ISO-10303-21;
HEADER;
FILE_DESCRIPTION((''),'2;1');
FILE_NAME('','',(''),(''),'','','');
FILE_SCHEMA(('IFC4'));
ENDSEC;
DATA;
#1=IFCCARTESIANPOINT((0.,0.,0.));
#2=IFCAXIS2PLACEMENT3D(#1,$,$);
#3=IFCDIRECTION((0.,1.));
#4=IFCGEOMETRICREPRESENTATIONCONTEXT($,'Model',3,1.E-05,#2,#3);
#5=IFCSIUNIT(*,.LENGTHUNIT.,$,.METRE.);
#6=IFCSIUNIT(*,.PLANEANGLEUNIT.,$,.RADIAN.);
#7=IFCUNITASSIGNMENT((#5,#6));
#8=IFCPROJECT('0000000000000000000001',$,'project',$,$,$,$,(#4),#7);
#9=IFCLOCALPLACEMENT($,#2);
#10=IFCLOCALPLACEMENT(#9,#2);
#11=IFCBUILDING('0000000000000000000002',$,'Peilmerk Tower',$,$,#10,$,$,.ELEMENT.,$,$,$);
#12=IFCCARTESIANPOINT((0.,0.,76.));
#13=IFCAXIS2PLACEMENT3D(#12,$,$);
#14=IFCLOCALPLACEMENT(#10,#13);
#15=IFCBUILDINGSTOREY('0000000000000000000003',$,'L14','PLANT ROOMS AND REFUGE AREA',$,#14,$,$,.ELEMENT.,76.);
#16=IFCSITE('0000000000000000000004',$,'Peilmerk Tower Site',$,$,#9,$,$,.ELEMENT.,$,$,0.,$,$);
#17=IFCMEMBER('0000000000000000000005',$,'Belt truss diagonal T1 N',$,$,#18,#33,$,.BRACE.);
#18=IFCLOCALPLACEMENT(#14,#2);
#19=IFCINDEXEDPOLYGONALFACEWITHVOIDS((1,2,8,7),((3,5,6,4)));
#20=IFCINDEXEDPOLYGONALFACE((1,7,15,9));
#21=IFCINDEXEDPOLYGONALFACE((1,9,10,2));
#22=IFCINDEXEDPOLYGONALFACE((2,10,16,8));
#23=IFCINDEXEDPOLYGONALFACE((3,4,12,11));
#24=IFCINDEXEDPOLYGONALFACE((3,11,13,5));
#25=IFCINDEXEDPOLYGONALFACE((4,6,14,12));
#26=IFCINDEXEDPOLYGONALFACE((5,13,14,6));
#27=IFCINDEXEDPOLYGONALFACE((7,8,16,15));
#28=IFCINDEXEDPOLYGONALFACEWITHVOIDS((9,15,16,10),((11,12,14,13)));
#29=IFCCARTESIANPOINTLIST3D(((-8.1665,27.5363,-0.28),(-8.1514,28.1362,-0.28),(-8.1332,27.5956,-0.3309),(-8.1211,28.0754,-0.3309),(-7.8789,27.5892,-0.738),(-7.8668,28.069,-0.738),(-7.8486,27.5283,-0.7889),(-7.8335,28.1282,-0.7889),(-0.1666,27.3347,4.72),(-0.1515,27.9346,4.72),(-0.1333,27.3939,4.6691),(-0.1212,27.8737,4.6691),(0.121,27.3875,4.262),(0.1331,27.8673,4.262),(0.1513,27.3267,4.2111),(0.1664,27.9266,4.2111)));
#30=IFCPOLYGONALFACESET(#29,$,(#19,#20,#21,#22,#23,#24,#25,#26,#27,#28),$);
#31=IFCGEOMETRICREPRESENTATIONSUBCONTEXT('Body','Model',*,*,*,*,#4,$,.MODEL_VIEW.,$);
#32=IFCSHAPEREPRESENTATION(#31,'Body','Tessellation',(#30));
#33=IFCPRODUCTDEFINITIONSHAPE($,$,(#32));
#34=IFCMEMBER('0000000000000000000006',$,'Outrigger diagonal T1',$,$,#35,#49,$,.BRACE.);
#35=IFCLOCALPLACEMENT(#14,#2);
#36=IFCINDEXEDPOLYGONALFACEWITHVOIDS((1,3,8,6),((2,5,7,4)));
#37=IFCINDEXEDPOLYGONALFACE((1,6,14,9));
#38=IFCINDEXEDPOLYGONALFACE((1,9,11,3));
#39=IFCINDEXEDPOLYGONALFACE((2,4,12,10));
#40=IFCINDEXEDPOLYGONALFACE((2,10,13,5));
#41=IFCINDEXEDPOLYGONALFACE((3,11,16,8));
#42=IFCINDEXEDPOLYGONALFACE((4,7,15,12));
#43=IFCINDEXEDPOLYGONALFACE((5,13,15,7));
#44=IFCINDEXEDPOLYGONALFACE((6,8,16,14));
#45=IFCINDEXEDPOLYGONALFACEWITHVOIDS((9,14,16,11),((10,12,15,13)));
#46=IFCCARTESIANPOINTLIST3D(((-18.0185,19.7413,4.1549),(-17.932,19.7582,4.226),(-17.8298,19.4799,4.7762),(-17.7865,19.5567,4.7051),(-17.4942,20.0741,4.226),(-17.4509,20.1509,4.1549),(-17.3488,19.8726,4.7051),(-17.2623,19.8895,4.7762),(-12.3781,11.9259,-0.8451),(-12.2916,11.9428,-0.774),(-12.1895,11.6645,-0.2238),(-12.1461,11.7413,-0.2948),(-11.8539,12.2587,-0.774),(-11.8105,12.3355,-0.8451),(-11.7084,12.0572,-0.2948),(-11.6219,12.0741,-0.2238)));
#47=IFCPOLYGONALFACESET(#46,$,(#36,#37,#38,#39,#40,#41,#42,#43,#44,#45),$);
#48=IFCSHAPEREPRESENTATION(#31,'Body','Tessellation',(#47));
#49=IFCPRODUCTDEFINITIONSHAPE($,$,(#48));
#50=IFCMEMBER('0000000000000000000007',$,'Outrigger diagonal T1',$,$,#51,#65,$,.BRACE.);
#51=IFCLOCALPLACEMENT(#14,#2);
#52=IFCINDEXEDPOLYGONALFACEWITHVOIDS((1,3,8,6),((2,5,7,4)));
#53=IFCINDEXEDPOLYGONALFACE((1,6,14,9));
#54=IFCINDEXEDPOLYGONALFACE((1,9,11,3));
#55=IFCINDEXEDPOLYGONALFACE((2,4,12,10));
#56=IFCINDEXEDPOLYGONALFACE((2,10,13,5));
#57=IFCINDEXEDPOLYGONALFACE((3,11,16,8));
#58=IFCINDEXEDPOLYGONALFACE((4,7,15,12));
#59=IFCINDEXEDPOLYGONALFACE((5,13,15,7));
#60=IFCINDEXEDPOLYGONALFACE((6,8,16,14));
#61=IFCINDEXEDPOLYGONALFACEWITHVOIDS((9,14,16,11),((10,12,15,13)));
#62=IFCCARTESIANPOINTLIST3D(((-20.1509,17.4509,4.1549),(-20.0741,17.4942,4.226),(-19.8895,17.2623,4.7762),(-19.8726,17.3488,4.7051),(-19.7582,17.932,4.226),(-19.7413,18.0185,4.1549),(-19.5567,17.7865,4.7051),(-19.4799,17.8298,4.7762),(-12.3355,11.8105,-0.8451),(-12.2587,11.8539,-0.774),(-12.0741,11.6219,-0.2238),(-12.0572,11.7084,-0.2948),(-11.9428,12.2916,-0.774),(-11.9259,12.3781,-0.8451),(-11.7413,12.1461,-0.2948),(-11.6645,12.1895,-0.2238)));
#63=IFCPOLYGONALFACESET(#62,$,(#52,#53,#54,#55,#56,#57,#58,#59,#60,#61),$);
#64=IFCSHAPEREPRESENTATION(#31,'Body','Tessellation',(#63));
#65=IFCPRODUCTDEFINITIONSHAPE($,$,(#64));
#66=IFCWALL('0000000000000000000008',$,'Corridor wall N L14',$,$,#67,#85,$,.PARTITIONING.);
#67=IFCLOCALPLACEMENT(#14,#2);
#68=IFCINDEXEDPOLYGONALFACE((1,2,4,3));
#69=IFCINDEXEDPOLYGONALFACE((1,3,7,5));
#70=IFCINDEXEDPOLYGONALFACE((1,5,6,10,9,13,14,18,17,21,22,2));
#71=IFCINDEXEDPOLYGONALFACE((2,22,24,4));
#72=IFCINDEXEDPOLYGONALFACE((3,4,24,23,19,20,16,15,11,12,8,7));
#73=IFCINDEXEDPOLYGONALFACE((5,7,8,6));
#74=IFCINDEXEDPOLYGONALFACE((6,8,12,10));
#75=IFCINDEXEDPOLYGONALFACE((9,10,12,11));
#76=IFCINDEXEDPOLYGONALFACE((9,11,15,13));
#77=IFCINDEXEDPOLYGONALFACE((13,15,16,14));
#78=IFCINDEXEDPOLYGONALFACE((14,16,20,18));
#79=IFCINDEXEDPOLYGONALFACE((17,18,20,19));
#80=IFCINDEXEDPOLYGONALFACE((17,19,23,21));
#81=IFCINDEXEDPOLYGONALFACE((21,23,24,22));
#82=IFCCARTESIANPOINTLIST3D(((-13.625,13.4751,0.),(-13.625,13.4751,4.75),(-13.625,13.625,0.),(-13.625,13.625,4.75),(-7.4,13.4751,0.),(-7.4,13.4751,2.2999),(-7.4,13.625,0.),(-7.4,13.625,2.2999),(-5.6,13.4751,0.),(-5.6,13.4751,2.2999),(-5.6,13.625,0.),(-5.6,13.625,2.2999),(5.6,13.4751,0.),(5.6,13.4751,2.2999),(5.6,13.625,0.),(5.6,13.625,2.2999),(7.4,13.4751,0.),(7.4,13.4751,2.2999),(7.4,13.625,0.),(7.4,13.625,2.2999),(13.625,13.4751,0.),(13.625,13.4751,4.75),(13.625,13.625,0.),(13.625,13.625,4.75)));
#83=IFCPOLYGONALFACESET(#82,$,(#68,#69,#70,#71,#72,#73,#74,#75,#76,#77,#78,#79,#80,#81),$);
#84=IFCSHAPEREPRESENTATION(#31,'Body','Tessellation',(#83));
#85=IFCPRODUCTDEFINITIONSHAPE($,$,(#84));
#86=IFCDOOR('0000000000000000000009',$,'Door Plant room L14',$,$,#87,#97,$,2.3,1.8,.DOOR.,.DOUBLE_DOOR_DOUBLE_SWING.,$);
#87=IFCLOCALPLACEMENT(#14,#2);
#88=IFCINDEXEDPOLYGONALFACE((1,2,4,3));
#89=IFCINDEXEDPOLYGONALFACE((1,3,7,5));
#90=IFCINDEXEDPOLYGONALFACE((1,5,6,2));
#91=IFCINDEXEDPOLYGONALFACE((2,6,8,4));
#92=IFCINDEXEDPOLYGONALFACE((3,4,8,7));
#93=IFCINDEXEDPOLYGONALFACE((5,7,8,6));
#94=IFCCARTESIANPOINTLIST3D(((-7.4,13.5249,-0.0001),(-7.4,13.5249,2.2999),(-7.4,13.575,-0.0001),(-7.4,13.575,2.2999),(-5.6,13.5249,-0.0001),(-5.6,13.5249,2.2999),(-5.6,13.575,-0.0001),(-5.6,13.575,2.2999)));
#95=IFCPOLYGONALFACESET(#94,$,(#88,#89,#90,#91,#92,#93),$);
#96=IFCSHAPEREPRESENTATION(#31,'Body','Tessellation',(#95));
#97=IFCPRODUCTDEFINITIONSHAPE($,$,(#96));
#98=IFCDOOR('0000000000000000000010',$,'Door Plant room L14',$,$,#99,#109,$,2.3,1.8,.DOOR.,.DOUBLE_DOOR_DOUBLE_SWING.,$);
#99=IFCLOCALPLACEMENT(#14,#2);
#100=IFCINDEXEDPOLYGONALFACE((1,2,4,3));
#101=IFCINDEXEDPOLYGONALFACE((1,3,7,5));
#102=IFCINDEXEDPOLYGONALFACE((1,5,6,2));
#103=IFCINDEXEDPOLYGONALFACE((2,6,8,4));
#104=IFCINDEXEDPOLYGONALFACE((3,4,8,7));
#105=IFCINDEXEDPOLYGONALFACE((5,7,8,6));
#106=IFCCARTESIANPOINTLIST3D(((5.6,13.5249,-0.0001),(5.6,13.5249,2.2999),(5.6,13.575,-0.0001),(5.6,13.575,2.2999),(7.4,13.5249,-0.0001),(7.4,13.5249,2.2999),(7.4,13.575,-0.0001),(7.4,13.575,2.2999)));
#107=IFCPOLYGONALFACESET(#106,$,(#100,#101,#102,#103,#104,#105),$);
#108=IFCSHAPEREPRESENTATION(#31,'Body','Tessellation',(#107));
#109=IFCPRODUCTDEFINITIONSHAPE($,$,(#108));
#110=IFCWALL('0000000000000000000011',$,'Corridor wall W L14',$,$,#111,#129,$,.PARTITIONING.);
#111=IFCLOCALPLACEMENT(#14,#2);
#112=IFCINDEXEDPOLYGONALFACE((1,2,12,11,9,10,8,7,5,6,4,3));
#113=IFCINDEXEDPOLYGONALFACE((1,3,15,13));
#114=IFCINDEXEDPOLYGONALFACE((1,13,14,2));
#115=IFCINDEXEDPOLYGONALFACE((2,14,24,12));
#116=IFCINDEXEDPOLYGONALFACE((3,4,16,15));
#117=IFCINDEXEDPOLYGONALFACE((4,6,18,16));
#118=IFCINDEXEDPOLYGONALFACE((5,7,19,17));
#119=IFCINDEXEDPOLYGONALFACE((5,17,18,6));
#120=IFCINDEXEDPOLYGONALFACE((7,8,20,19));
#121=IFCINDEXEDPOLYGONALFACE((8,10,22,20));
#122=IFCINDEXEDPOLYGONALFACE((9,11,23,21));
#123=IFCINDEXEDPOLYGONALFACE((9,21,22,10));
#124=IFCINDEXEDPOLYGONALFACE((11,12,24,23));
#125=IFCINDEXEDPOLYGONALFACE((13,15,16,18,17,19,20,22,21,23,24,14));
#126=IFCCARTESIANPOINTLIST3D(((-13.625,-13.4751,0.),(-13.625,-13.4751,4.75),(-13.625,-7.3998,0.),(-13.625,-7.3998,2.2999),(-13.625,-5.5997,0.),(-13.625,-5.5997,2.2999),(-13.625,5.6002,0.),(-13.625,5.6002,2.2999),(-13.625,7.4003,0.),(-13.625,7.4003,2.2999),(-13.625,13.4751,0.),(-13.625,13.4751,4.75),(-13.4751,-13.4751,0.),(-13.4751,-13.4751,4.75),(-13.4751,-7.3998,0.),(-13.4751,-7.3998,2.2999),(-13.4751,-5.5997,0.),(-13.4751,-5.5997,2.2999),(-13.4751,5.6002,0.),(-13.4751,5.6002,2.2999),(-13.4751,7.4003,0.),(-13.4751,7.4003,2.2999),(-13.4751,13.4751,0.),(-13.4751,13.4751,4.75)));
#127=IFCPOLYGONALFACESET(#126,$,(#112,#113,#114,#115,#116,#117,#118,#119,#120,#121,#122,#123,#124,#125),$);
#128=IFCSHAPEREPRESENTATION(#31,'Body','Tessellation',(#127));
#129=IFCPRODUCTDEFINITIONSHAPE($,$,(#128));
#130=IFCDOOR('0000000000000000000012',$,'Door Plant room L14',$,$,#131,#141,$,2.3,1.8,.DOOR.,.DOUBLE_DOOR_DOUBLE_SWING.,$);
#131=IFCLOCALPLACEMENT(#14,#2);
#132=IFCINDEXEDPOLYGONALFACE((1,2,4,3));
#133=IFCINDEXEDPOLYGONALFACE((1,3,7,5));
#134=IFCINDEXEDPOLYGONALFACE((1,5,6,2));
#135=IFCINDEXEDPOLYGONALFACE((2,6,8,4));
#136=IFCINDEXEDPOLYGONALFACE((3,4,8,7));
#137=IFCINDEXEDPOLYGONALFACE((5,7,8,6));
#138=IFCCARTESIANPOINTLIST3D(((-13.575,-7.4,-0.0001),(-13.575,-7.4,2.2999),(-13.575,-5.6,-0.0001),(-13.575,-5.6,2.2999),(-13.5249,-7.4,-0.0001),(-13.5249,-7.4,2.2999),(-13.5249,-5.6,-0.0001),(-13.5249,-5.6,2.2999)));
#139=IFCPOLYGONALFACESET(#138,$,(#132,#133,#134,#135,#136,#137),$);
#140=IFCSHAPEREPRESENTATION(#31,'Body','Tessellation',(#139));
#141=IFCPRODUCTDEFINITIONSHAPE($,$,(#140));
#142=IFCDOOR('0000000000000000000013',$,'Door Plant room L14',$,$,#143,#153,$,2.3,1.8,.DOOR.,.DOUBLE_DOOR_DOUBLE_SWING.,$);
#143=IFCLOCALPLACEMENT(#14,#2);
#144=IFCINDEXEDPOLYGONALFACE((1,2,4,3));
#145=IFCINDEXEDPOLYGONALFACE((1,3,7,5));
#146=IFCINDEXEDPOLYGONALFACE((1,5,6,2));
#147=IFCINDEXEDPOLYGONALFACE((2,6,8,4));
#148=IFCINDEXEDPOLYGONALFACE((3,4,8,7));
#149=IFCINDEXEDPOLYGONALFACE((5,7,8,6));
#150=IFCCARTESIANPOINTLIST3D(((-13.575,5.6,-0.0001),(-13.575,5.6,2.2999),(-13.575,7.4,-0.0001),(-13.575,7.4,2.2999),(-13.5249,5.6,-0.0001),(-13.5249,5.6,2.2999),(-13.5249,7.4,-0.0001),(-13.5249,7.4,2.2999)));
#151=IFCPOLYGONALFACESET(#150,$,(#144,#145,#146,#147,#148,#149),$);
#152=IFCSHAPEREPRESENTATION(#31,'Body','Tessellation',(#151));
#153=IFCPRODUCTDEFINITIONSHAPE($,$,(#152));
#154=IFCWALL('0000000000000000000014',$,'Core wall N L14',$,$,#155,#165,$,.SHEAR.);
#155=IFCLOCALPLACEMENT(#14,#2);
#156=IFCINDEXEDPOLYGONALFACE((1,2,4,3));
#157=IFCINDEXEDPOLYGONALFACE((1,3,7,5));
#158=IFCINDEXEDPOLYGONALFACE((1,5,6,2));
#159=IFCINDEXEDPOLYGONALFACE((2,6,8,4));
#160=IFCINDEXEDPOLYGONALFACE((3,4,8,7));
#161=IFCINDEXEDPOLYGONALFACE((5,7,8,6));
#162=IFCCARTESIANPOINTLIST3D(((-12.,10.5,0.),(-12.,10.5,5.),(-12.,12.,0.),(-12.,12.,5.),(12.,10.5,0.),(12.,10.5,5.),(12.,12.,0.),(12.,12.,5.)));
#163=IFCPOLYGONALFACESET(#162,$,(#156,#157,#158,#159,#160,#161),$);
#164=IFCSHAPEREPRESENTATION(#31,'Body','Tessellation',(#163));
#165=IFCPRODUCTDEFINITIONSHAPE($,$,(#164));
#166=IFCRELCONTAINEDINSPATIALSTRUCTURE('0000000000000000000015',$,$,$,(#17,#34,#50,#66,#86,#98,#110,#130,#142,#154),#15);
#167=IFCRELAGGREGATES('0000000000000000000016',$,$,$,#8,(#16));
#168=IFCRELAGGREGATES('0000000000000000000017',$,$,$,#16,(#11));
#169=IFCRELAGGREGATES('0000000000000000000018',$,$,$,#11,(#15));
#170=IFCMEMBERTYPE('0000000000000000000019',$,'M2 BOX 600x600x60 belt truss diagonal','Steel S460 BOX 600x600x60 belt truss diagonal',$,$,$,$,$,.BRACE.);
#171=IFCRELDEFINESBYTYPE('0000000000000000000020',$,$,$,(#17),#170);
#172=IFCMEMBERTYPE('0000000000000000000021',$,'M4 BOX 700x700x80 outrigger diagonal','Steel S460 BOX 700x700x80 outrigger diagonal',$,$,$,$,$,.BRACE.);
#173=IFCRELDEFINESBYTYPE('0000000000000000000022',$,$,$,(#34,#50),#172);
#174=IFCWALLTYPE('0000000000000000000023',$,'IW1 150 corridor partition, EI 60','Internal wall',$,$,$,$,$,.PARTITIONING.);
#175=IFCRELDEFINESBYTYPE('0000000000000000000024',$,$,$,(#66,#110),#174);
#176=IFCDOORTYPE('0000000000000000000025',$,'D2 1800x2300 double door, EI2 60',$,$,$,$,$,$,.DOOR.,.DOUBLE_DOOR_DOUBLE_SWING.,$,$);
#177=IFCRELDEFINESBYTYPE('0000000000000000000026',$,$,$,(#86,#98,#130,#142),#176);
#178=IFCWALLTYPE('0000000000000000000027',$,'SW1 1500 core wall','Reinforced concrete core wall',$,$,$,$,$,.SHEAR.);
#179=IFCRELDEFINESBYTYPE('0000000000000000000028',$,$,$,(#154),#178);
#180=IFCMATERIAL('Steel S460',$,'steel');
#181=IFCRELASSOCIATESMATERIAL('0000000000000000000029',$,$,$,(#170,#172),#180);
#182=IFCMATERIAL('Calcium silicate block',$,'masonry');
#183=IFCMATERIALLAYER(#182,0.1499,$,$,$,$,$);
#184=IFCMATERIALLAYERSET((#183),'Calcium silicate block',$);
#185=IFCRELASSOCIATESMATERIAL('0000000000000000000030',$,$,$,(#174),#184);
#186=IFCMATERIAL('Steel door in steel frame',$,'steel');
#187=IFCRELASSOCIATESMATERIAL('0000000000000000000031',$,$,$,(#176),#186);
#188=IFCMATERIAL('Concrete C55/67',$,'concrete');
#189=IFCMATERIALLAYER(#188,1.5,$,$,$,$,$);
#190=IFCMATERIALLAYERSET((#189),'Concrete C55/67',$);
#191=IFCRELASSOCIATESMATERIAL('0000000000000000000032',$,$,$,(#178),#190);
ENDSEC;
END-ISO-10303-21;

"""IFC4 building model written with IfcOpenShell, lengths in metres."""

from ifc_helpers import new_model, si_unit, direction, frame, frame_2d, origin, origin_2d, place, context, subcontext, project, spatial, rectangle, hollow_rectangle, extrude, material, layer, layer_set, material_profile, profile_set, type_object, element, fill, save


model = new_model("IFC4")

# Units and contexts
model_context = context("Model", 3, precision=1e-05, world=origin(), true_north=direction((0.0, 1.0)))
body_context = subcontext(model_context, "Body", "Model", "MODEL_VIEW")
ifc_project = project(units=[si_unit("LENGTHUNIT", "METRE"), si_unit("PLANEANGLEUNIT", "RADIAN")], contexts=[model_context])

# Site, building, storey
site_placement = place(None, origin())
site = spatial("IfcSite", under=ifc_project, at=site_placement, Name="Peilmerk Tower Site", CompositionType="ELEMENT", RefElevation=0.0)
building_placement = place(site_placement, origin())
building = spatial("IfcBuilding", under=site, at=building_placement, Name="Peilmerk Tower", CompositionType="ELEMENT")
storey_placement = place(building_placement, frame((0.0, 0.0, 76.0)))
storey = spatial("IfcBuildingStorey", under=building, at=storey_placement, Name="L14", Description="PLANT ROOMS AND REFUGE AREA", CompositionType="ELEMENT", Elevation=76.0)

# Shared definitions
ifc_material_1 = material(Name="Steel S460", Category="steel")

# Members
ifc_material_profile_1 = material_profile(ifc_material_1, hollow_rectangle(XDim=0.6001, YDim=0.6001, WallThickness=0.0601, at=origin_2d()), Name="BOX 600x600x60")
ifc_profile_set_1 = profile_set([ifc_material_profile_1], Name="Steel S460")
member_type_1 = type_object("IfcMemberType", Name="M2 BOX 600x600x60 belt truss diagonal", Description="Steel S460 BOX 600x600x60 belt truss diagonal", PredefinedType="BRACE", material=ifc_profile_set_1)
member_placement = place(storey_placement, frame((-8.0, 27.8323, -0.5344), z_axis=(0.847805, -0.021371, 0.529878), x_axis=(0.0252, 0.999682, 0.0)))
element("IfcMember", 1, at=member_placement, inside=storey, type_object=member_type_1, Name="Belt truss diagonal T1 N", PredefinedType="BRACE", context=body_context, shape_type="SweptSolid", body=[
    extrude(hollow_rectangle(XDim=0.6001, YDim=0.6001, WallThickness=0.0601, at=origin_2d()), origin(), (0.0, 0.0, 1.0), 9.436),
])
ifc_material_profile_2 = material_profile(ifc_material_1, hollow_rectangle(XDim=0.7, YDim=0.7, WallThickness=0.0801, at=origin_2d()), Name="BOX 700x700x80")
ifc_profile_set_2 = profile_set([ifc_material_profile_2], Name="Steel S460")
member_type_2 = type_object("IfcMemberType", Name="M4 BOX 700x700x80 outrigger diagonal", Description="Steel S460 BOX 700x700x80 outrigger diagonal", PredefinedType="BRACE", material=ifc_profile_set_2)
for number, where, z_axis, x_axis, name in (
    (2, (-12.0, 12.0, -0.5344), (-0.519471, 0.719789, 0.460493), (-0.810881, -0.585211, 0.0), "Outrigger diagonal T1"),
    (3, (-12.0, 12.0, -0.5344), (-0.719789, 0.519471, 0.460493), (-0.585211, -0.810881, 0.0), "Outrigger diagonal T1"),
):
    element("IfcMember", number, at=place(storey_placement, frame(where, z_axis=z_axis, x_axis=x_axis)), inside=storey, type_object=member_type_2, Name=name, PredefinedType="BRACE", context=body_context, shape_type="SweptSolid", body=[
        extrude(hollow_rectangle(XDim=0.7, YDim=0.7, WallThickness=0.0801, at=origin_2d()), origin(), (0.0, 0.0, 1.0), 10.8579),
    ])

# Walls, openings, doors
ifc_material_2 = material(Name="Calcium silicate block", Category="masonry")
ifc_layer_1 = layer(ifc_material_2, 0.1499)
ifc_layer_set_1 = layer_set([ifc_layer_1], Name="Calcium silicate block")
wall_type_1 = type_object("IfcWallType", Name="IW1 150 corridor partition, EI 60", Description="Internal wall", PredefinedType="PARTITIONING", material=ifc_layer_set_1)
wall_1_placement = place(storey_placement, frame((-13.625, 13.55, 0.0), z_axis=(0.0, 0.0, 1.0), x_axis=(1.0, 0.0, 0.0)))
wall_1 = element("IfcWall", 4, at=wall_1_placement, inside=storey, type_object=wall_type_1, Name="Corridor wall N L14", PredefinedType="PARTITIONING", context=body_context, shape_type="SweptSolid", body=[
    extrude(rectangle(XDim=27.25, YDim=0.1499, at=frame_2d((13.625, 0.0))), origin(), (0.0, 0.0, 1.0), 4.75),
])
opening_1_placement = place(wall_1_placement, frame((6.2251, 0.0, 0.0)))
opening_1 = element("IfcOpeningElement", 5, at=opening_1_placement, cuts=wall_1, PredefinedType="OPENING", context=body_context, shape_type="SweptSolid", body=[
    extrude(rectangle(XDim=1.8, YDim=2.3, at=frame_2d((0.8999, 1.1499))), frame((0.0, 0.085, 0.0), z_axis=(0.0, -1.0, 0.0), x_axis=(1.0, 0.0, 0.0)), (0.0, 0.0, 1.0), 0.1699),
])
opening_2_placement = place(wall_1_placement, frame((19.2251, 0.0, 0.0)))
opening_2 = element("IfcOpeningElement", 6, at=opening_2_placement, cuts=wall_1, PredefinedType="OPENING", context=body_context, shape_type="SweptSolid", body=[
    extrude(rectangle(XDim=1.8, YDim=2.3, at=frame_2d((0.8999, 1.1499))), frame((0.0, 0.085, 0.0), z_axis=(0.0, -1.0, 0.0), x_axis=(1.0, 0.0, 0.0)), (0.0, 0.0, 1.0), 0.1699),
])
ifc_material_3 = material(Name="Steel door in steel frame", Category="steel")
door_type = type_object("IfcDoorType", Name="D2 1800x2300 double door, EI2 60", OperationType="DOUBLE_DOOR_DOUBLE_SWING", PredefinedType="DOOR", material=ifc_material_3)
door_1_placement = place(opening_1_placement, origin())
door_1 = element("IfcDoor", 7, at=door_1_placement, inside=storey, type_object=door_type, Name="Door Plant room L14", OperationType="DOUBLE_DOOR_DOUBLE_SWING", OverallHeight=2.3, OverallWidth=1.8, PredefinedType="DOOR", context=body_context, shape_type="SweptSolid", body=[
    extrude(rectangle(XDim=1.8, YDim=2.3, at=frame_2d((0.8999, 1.1499))), frame((0.0, 0.0249, 0.0), z_axis=(0.0, -1.0, 0.0), x_axis=(1.0, 0.0, 0.0)), (0.0, 0.0, 1.0), 0.05),
])
fill(opening_1, door_1)
door_2_placement = place(opening_2_placement, origin())
door_2 = element("IfcDoor", 8, at=door_2_placement, inside=storey, type_object=door_type, Name="Door Plant room L14", OperationType="DOUBLE_DOOR_DOUBLE_SWING", OverallHeight=2.3, OverallWidth=1.8, PredefinedType="DOOR", context=body_context, shape_type="SweptSolid", body=[
    extrude(rectangle(XDim=1.8, YDim=2.3, at=frame_2d((0.8999, 1.1499))), frame((0.0, 0.0249, 0.0), z_axis=(0.0, -1.0, 0.0), x_axis=(1.0, 0.0, 0.0)), (0.0, 0.0, 1.0), 0.05),
])
fill(opening_2, door_2)
wall_2_placement = place(storey_placement, frame((-13.55, 13.4751, 0.0), z_axis=(0.0, 0.0, 1.0), x_axis=(0.0, -1.0, 0.0)))
wall_2 = element("IfcWall", 9, at=wall_2_placement, inside=storey, type_object=wall_type_1, Name="Corridor wall W L14", PredefinedType="PARTITIONING", context=body_context, shape_type="SweptSolid", body=[
    extrude(rectangle(XDim=26.9502, YDim=0.1499, at=frame_2d((13.4751, 0.0))), origin(), (0.0, 0.0, 1.0), 4.75),
])
opening_3_placement = place(wall_2_placement, frame((19.075, 0.0, 0.0)))
opening_3 = element("IfcOpeningElement", 10, at=opening_3_placement, cuts=wall_2, PredefinedType="OPENING", context=body_context, shape_type="SweptSolid", body=[
    extrude(rectangle(XDim=1.8, YDim=2.3, at=frame_2d((0.8999, 1.1499))), frame((0.0, 0.085, 0.0), z_axis=(0.0, -1.0, 0.0), x_axis=(1.0, 0.0, 0.0)), (0.0, 0.0, 1.0), 0.1699),
])
opening_4_placement = place(wall_2_placement, frame((6.075, 0.0, 0.0)))
opening_4 = element("IfcOpeningElement", 11, at=opening_4_placement, cuts=wall_2, PredefinedType="OPENING", context=body_context, shape_type="SweptSolid", body=[
    extrude(rectangle(XDim=1.8, YDim=2.3, at=frame_2d((0.8999, 1.1499))), frame((0.0, 0.085, 0.0), z_axis=(0.0, -1.0, 0.0), x_axis=(1.0, 0.0, 0.0)), (0.0, 0.0, 1.0), 0.1699),
])
door_3_placement = place(opening_3_placement, frame((1.8, 0.0, 0.0), z_axis=(0.0, 0.0, 1.0), x_axis=(-1.0, 0.0, 0.0)))
door_3 = element("IfcDoor", 12, at=door_3_placement, inside=storey, type_object=door_type, Name="Door Plant room L14", OperationType="DOUBLE_DOOR_DOUBLE_SWING", OverallHeight=2.3, OverallWidth=1.8, PredefinedType="DOOR", context=body_context, shape_type="SweptSolid", body=[
    extrude(rectangle(XDim=1.8, YDim=2.3, at=frame_2d((0.8999, 1.1499))), frame((0.0, 0.0249, 0.0), z_axis=(0.0, -1.0, 0.0), x_axis=(1.0, 0.0, 0.0)), (0.0, 0.0, 1.0), 0.05),
])
fill(opening_3, door_3)
door_4_placement = place(opening_4_placement, frame((1.8, 0.0, 0.0), z_axis=(0.0, 0.0, 1.0), x_axis=(-1.0, 0.0, 0.0)))
door_4 = element("IfcDoor", 13, at=door_4_placement, inside=storey, type_object=door_type, Name="Door Plant room L14", OperationType="DOUBLE_DOOR_DOUBLE_SWING", OverallHeight=2.3, OverallWidth=1.8, PredefinedType="DOOR", context=body_context, shape_type="SweptSolid", body=[
    extrude(rectangle(XDim=1.8, YDim=2.3, at=frame_2d((0.8999, 1.1499))), frame((0.0, 0.0249, 0.0), z_axis=(0.0, -1.0, 0.0), x_axis=(1.0, 0.0, 0.0)), (0.0, 0.0, 1.0), 0.05),
])
fill(opening_4, door_4)

# Wall
ifc_material_4 = material(Name="Concrete C55/67", Category="concrete")
ifc_layer_2 = layer(ifc_material_4, 1.5)
ifc_layer_set_2 = layer_set([ifc_layer_2], Name="Concrete C55/67")
wall_type_2 = type_object("IfcWallType", Name="SW1 1500 core wall", Description="Reinforced concrete core wall", PredefinedType="SHEAR", material=ifc_layer_set_2)
wall_3_placement = place(storey_placement, frame((-12.0, 11.25, 0.0), z_axis=(0.0, 0.0, 1.0), x_axis=(1.0, 0.0, 0.0)))
element("IfcWall", 14, at=wall_3_placement, inside=storey, type_object=wall_type_2, Name="Core wall N L14", PredefinedType="SHEAR", context=body_context, shape_type="SweptSolid", body=[
    extrude(rectangle(XDim=24.0, YDim=1.5, at=frame_2d((12.0, 0.0))), origin(), (0.0, 0.0, 1.0), 5.0),
])

save(model, "model.ifc")
